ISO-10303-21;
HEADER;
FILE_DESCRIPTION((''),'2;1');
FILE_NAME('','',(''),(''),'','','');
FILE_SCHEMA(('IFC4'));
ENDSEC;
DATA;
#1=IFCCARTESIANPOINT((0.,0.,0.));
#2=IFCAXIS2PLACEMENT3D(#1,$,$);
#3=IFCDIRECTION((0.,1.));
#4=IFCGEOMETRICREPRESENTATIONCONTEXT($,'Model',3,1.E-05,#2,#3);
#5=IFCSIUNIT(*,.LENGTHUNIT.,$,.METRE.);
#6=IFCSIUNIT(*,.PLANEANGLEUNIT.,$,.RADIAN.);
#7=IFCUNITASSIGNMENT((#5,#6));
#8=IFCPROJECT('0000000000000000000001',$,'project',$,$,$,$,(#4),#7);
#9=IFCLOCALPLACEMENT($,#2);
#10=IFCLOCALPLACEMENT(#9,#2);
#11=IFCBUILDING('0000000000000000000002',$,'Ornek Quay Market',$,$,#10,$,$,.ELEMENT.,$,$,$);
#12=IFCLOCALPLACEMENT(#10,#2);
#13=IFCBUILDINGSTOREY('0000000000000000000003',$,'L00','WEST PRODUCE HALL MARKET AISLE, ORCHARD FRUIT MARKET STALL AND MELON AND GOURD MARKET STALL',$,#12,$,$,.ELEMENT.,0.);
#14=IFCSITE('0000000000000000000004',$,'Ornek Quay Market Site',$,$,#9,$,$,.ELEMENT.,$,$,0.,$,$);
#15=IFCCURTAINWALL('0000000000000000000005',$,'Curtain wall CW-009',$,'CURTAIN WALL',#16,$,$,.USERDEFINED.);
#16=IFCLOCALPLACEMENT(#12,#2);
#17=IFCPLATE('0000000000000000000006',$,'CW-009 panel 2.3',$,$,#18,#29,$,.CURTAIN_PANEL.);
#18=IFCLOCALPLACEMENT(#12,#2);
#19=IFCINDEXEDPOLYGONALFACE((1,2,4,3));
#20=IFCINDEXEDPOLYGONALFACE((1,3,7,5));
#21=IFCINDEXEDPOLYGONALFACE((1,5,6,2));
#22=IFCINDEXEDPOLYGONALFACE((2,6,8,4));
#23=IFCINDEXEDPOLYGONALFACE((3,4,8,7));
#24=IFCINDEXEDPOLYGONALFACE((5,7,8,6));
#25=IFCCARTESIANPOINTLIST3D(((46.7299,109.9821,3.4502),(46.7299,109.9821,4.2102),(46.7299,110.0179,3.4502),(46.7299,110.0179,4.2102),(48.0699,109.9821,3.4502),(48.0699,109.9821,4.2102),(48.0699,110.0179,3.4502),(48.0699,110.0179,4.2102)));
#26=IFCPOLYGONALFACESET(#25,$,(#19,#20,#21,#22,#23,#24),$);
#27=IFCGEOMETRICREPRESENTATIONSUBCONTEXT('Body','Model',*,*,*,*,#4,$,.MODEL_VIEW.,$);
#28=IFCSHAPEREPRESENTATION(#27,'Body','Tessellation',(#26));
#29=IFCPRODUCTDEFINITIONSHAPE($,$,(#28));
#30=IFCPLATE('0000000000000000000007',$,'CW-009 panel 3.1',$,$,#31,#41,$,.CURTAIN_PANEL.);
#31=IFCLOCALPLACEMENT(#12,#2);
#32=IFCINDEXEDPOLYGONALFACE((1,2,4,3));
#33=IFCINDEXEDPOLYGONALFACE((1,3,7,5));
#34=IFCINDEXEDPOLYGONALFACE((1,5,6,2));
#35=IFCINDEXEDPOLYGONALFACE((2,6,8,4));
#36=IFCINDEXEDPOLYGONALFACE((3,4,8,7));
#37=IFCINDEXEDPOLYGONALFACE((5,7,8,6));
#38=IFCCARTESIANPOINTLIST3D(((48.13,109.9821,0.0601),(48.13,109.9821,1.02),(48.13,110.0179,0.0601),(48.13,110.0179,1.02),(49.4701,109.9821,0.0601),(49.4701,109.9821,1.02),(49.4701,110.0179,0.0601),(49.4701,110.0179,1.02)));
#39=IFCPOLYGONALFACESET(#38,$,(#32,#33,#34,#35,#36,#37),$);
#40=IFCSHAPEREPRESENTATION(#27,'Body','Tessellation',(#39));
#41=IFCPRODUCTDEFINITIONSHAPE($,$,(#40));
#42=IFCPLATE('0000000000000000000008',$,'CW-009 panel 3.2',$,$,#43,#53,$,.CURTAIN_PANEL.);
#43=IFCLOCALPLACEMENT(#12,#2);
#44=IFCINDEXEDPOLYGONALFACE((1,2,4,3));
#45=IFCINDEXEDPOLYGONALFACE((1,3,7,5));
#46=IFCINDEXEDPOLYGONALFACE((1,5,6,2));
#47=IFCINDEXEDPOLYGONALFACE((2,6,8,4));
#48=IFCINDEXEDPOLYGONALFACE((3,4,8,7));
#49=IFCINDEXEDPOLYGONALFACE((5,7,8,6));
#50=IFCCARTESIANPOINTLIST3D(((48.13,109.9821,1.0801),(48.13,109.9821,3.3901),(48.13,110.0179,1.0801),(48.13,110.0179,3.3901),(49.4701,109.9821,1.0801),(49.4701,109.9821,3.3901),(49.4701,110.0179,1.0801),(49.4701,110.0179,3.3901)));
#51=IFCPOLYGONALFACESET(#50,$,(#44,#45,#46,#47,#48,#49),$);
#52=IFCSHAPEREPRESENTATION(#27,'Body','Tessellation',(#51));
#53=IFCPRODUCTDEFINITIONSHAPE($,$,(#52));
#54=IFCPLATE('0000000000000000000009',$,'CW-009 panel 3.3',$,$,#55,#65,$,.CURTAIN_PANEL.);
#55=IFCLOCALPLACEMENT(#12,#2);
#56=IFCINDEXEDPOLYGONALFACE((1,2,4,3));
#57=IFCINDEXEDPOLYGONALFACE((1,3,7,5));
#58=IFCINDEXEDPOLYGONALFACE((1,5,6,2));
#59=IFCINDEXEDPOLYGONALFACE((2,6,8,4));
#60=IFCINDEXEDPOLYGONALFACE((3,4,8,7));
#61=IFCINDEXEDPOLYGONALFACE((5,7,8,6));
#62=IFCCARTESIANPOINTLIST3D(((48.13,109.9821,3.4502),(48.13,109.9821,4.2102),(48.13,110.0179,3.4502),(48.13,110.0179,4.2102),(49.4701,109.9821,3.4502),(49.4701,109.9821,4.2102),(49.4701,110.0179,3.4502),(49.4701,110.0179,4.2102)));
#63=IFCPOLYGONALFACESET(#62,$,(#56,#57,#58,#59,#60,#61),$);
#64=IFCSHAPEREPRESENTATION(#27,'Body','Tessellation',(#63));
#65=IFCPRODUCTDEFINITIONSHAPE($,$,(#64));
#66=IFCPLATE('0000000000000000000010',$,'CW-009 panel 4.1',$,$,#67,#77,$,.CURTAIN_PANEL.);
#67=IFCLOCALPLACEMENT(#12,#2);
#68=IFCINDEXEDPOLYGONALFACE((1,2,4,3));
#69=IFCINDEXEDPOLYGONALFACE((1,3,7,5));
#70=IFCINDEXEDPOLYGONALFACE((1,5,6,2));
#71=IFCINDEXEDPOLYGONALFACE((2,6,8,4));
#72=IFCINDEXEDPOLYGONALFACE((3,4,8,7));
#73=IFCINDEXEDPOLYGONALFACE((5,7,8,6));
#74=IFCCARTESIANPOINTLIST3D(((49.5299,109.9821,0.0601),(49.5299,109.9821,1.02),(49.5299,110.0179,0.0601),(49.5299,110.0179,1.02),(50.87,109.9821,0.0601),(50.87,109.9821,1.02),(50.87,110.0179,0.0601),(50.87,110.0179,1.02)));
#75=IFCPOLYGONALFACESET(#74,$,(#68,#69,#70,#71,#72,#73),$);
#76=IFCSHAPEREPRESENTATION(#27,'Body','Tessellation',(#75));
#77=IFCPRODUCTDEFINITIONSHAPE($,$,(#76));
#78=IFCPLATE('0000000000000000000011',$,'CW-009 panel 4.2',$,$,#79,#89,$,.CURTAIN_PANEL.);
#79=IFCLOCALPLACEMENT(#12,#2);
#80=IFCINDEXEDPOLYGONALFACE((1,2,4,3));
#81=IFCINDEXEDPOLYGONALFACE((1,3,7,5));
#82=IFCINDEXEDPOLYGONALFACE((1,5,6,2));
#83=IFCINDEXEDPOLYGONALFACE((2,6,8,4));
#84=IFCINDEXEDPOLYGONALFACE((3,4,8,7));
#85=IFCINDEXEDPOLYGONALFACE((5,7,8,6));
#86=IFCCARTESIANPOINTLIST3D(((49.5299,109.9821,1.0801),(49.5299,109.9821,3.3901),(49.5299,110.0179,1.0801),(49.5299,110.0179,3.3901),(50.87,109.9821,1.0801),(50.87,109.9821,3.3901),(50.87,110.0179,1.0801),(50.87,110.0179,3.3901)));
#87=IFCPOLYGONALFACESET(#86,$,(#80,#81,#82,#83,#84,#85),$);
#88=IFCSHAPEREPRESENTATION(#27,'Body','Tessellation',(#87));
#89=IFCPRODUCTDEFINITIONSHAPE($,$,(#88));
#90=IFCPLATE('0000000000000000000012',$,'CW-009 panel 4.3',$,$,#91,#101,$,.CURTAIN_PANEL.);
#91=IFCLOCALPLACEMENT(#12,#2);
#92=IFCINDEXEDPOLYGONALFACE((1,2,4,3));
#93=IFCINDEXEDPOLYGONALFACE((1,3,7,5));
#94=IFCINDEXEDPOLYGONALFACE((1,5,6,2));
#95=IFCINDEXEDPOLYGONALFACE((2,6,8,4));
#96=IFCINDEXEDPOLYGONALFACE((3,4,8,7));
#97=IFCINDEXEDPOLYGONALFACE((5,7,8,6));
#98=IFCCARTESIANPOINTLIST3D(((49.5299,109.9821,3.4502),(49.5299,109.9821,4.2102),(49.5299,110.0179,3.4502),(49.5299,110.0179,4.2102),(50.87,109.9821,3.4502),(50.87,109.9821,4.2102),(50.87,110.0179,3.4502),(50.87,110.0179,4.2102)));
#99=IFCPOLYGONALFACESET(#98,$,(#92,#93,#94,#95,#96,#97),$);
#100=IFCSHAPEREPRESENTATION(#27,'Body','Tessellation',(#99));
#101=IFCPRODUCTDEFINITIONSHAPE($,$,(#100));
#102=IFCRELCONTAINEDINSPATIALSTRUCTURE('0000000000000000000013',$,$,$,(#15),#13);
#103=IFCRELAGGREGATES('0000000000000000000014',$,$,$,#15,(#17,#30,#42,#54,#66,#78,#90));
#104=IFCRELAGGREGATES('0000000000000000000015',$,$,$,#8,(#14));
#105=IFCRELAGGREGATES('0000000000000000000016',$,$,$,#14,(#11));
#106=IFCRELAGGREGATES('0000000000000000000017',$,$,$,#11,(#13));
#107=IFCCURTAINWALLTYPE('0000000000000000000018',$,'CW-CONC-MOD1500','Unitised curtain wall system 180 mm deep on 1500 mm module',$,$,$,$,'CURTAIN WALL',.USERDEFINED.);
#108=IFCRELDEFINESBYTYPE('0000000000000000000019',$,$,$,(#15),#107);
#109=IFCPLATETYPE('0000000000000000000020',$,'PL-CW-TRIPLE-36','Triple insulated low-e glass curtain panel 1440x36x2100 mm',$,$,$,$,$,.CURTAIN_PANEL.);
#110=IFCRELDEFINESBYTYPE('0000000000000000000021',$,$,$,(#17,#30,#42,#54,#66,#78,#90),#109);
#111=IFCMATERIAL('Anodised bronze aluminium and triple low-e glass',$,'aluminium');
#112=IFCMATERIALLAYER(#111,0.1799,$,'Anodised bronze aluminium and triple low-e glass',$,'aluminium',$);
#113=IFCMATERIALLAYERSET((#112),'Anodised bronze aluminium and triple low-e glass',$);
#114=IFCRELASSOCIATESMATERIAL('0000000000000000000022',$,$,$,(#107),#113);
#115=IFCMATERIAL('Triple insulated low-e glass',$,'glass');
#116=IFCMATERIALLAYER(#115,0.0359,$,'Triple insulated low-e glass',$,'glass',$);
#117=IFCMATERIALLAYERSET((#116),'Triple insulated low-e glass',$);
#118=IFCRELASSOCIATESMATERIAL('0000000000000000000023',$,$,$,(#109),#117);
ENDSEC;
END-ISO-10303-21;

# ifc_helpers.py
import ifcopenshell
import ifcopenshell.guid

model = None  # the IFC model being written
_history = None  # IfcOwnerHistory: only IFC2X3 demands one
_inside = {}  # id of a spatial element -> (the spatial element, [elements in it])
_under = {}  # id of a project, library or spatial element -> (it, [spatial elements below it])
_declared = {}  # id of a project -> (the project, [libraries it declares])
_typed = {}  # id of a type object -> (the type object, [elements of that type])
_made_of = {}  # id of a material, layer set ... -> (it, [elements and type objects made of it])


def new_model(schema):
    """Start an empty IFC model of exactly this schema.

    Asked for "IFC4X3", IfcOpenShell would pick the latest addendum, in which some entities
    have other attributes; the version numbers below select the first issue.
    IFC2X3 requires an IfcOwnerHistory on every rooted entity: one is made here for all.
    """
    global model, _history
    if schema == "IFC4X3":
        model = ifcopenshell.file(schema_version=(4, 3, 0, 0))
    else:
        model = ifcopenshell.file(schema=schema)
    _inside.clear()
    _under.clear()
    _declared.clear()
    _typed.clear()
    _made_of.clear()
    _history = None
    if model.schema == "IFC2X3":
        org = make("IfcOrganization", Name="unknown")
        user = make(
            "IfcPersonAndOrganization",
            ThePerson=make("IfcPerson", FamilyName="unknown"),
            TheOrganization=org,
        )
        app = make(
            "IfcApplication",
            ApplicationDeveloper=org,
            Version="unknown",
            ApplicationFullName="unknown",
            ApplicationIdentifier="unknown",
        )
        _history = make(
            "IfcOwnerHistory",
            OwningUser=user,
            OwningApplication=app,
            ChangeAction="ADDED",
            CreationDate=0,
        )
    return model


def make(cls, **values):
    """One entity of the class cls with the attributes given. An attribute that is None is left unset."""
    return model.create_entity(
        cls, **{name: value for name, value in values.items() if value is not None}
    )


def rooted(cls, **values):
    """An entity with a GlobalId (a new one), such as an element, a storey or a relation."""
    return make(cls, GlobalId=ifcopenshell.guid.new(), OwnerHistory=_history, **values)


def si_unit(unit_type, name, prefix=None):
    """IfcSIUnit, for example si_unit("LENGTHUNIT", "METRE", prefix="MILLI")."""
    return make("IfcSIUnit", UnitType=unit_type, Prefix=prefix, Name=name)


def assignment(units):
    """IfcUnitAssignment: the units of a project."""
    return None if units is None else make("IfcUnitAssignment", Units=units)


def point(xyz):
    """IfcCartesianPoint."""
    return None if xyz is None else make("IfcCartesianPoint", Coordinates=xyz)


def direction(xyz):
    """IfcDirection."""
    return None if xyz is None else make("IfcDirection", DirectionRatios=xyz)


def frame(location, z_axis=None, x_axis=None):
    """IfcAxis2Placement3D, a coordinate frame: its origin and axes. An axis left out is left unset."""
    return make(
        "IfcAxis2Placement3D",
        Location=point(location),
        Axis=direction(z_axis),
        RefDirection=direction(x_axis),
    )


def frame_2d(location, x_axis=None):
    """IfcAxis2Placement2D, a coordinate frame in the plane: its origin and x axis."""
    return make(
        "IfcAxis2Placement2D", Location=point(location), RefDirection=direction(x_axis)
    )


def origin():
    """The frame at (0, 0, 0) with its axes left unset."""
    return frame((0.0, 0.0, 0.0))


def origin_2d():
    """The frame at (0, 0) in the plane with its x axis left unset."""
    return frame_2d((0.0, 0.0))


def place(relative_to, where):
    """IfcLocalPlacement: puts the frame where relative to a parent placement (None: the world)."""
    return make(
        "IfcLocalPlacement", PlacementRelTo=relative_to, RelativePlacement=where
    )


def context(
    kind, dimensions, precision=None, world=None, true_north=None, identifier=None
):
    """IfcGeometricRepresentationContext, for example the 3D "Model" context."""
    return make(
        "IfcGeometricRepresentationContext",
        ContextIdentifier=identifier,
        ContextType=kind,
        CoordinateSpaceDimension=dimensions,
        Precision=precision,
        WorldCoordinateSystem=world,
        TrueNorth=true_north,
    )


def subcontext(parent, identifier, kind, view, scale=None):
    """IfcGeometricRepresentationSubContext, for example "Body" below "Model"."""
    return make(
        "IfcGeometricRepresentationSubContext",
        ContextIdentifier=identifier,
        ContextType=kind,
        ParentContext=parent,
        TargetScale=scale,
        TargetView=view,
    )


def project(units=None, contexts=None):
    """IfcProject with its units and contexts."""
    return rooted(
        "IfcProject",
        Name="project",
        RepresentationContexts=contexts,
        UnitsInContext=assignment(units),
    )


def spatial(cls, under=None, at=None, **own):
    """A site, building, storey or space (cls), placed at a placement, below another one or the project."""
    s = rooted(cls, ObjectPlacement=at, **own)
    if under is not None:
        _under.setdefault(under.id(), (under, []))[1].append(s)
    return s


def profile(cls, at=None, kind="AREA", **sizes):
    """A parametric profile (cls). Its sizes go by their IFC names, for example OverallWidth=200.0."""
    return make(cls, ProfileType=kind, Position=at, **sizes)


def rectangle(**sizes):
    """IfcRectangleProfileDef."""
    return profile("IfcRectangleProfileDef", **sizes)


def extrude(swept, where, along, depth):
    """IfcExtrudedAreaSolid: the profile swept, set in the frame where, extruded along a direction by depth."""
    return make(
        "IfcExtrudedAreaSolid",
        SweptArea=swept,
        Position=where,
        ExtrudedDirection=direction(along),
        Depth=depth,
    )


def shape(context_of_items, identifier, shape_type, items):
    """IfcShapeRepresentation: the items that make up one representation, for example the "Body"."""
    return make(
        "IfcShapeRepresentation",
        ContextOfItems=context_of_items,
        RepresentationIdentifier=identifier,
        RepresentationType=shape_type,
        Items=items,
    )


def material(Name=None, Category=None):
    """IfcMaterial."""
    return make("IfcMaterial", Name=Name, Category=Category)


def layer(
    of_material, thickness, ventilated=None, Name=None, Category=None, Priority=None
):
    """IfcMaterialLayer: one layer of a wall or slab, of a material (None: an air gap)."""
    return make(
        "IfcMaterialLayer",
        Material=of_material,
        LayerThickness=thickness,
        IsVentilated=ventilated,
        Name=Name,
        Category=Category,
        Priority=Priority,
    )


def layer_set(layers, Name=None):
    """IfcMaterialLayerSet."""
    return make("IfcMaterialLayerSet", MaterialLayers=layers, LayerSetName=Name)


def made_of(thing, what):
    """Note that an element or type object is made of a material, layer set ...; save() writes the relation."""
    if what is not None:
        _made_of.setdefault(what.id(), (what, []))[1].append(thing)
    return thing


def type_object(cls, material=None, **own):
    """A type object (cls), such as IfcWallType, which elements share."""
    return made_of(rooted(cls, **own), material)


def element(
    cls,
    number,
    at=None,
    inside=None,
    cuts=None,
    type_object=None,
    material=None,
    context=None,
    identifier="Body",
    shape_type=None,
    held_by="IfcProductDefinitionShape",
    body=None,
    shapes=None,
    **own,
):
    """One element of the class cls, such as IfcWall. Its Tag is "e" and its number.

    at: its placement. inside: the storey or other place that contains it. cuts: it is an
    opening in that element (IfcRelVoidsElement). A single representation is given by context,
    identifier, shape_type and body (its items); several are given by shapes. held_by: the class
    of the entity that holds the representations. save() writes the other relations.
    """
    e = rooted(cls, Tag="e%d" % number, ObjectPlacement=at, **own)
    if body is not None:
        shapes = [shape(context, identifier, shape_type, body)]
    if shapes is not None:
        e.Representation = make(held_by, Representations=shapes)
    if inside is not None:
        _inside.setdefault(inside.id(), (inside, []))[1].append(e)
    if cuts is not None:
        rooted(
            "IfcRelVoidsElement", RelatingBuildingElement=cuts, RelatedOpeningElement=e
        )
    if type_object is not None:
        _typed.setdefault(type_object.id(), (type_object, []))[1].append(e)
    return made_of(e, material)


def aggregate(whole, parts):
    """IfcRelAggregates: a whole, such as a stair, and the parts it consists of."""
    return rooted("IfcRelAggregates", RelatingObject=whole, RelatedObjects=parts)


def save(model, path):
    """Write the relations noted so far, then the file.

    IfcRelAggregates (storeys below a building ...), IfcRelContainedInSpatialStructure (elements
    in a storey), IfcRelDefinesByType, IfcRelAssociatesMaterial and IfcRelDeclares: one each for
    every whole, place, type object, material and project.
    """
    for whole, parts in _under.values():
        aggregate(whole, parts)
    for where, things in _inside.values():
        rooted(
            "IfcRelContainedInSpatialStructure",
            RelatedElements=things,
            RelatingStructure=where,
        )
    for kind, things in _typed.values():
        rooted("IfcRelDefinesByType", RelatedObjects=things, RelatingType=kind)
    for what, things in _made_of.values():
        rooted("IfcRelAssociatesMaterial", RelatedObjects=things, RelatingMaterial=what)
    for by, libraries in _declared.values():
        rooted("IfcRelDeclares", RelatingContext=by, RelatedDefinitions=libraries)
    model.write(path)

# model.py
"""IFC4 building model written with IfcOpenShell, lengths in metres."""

from ifc_helpers import new_model, si_unit, direction, frame, origin, origin_2d, place, context, subcontext, project, spatial, rectangle, extrude, material, layer, layer_set, type_object, element, aggregate, save


model = new_model("IFC4")

# Units and contexts
model_context = context("Model", 3, precision=1e-05, world=origin(), true_north=direction((0.0, 1.0)))
body_context = subcontext(model_context, "Body", "Model", "MODEL_VIEW")
ifc_project = project(units=[si_unit("LENGTHUNIT", "METRE"), si_unit("PLANEANGLEUNIT", "RADIAN")], contexts=[model_context])

# Site, building, storey
site_placement = place(None, origin())
site = spatial("IfcSite", under=ifc_project, at=site_placement, Name="Ornek Quay Market Site", CompositionType="ELEMENT", RefElevation=0.0)
building_placement = place(site_placement, origin())
building = spatial("IfcBuilding", under=site, at=building_placement, Name="Ornek Quay Market", CompositionType="ELEMENT")
storey_placement = place(building_placement, origin())
storey = spatial("IfcBuildingStorey", under=building, at=storey_placement, Name="L00", Description="WEST PRODUCE HALL MARKET AISLE, ORCHARD FRUIT MARKET STALL AND MELON AND GOURD MARKET STALL", CompositionType="ELEMENT", Elevation=0.0)

# Curtain wall, plates
ifc_material_1 = material(Name="Anodised bronze aluminium and triple low-e glass", Category="aluminium")
ifc_layer_1 = layer(ifc_material_1, 0.1799, Name="Anodised bronze aluminium and triple low-e glass", Category="aluminium")
ifc_layer_set_1 = layer_set([ifc_layer_1], Name="Anodised bronze aluminium and triple low-e glass")
curtain_wall_type = type_object("IfcCurtainWallType", Name="CW-CONC-MOD1500", Description="Unitised curtain wall system 180 mm deep on 1500 mm module", ElementType="CURTAIN WALL", PredefinedType="USERDEFINED", material=ifc_layer_set_1)
curtain_wall_placement = place(storey_placement, origin())
curtain_wall = element("IfcCurtainWall", 1, at=curtain_wall_placement, inside=storey, type_object=curtain_wall_type, Name="Curtain wall CW-009", ObjectType="CURTAIN WALL", PredefinedType="USERDEFINED")
ifc_material_2 = material(Name="Triple insulated low-e glass", Category="glass")
ifc_layer_2 = layer(ifc_material_2, 0.0359, Name="Triple insulated low-e glass", Category="glass")
ifc_layer_set_2 = layer_set([ifc_layer_2], Name="Triple insulated low-e glass")
plate_type = type_object("IfcPlateType", Name="PL-CW-TRIPLE-36", Description="Triple insulated low-e glass curtain panel 1440x36x2100 mm", PredefinedType="CURTAIN_PANEL", material=ifc_layer_set_2)
plate_1_placement = place(storey_placement, frame((47.3999, 110.0, 3.4502), z_axis=(0.0, 0.0, 1.0), x_axis=(1.0, 0.0, 0.0)))
plate_1 = element("IfcPlate", 2, at=plate_1_placement, type_object=plate_type, Name="CW-009 panel 2.3", PredefinedType="CURTAIN_PANEL", context=body_context, shape_type="SweptSolid", body=[
    extrude(rectangle(XDim=1.3401, YDim=0.0359, at=origin_2d()), origin(), (0.0, 0.0, 1.0), 0.76),
])
plate_2_placement = place(storey_placement, frame((48.8, 110.0, 0.0601), z_axis=(0.0, 0.0, 1.0), x_axis=(1.0, 0.0, 0.0)))
plate_2 = element("IfcPlate", 3, at=plate_2_placement, type_object=plate_type, Name="CW-009 panel 3.1", PredefinedType="CURTAIN_PANEL", context=body_context, shape_type="SweptSolid", body=[
    extrude(rectangle(XDim=1.3401, YDim=0.0359, at=origin_2d()), origin(), (0.0, 0.0, 1.0), 0.96),
])
plate_3_placement = place(storey_placement, frame((48.8, 110.0, 1.0801), z_axis=(0.0, 0.0, 1.0), x_axis=(1.0, 0.0, 0.0)))
plate_3 = element("IfcPlate", 4, at=plate_3_placement, type_object=plate_type, Name="CW-009 panel 3.2", PredefinedType="CURTAIN_PANEL", context=body_context, shape_type="SweptSolid", body=[
    extrude(rectangle(XDim=1.3401, YDim=0.0359, at=origin_2d()), origin(), (0.0, 0.0, 1.0), 2.3101),
])
plate_4_placement = place(storey_placement, frame((48.8, 110.0, 3.4502), z_axis=(0.0, 0.0, 1.0), x_axis=(1.0, 0.0, 0.0)))
plate_4 = element("IfcPlate", 5, at=plate_4_placement, type_object=plate_type, Name="CW-009 panel 3.3", PredefinedType="CURTAIN_PANEL", context=body_context, shape_type="SweptSolid", body=[
    extrude(rectangle(XDim=1.3401, YDim=0.0359, at=origin_2d()), origin(), (0.0, 0.0, 1.0), 0.76),
])
plate_5_placement = place(storey_placement, frame((50.2, 110.0, 0.0601), z_axis=(0.0, 0.0, 1.0), x_axis=(1.0, 0.0, 0.0)))
plate_5 = element("IfcPlate", 6, at=plate_5_placement, type_object=plate_type, Name="CW-009 panel 4.1", PredefinedType="CURTAIN_PANEL", context=body_context, shape_type="SweptSolid", body=[
    extrude(rectangle(XDim=1.3401, YDim=0.0359, at=origin_2d()), origin(), (0.0, 0.0, 1.0), 0.96),
])
plate_6_placement = place(storey_placement, frame((50.2, 110.0, 1.0801), z_axis=(0.0, 0.0, 1.0), x_axis=(1.0, 0.0, 0.0)))
plate_6 = element("IfcPlate", 7, at=plate_6_placement, type_object=plate_type, Name="CW-009 panel 4.2", PredefinedType="CURTAIN_PANEL", context=body_context, shape_type="SweptSolid", body=[
    extrude(rectangle(XDim=1.3401, YDim=0.0359, at=origin_2d()), origin(), (0.0, 0.0, 1.0), 2.3101),
])
plate_7_placement = place(storey_placement, frame((50.2, 110.0, 3.4502), z_axis=(0.0, 0.0, 1.0), x_axis=(1.0, 0.0, 0.0)))
plate_7 = element("IfcPlate", 8, at=plate_7_placement, type_object=plate_type, Name="CW-009 panel 4.3", PredefinedType="CURTAIN_PANEL", context=body_context, shape_type="SweptSolid", body=[
    extrude(rectangle(XDim=1.3401, YDim=0.0359, at=origin_2d()), origin(), (0.0, 0.0, 1.0), 0.76),
])
aggregate(curtain_wall, [plate_1, plate_2, plate_3, plate_4, plate_5, plate_6, plate_7])

save(model, "model.ifc")
